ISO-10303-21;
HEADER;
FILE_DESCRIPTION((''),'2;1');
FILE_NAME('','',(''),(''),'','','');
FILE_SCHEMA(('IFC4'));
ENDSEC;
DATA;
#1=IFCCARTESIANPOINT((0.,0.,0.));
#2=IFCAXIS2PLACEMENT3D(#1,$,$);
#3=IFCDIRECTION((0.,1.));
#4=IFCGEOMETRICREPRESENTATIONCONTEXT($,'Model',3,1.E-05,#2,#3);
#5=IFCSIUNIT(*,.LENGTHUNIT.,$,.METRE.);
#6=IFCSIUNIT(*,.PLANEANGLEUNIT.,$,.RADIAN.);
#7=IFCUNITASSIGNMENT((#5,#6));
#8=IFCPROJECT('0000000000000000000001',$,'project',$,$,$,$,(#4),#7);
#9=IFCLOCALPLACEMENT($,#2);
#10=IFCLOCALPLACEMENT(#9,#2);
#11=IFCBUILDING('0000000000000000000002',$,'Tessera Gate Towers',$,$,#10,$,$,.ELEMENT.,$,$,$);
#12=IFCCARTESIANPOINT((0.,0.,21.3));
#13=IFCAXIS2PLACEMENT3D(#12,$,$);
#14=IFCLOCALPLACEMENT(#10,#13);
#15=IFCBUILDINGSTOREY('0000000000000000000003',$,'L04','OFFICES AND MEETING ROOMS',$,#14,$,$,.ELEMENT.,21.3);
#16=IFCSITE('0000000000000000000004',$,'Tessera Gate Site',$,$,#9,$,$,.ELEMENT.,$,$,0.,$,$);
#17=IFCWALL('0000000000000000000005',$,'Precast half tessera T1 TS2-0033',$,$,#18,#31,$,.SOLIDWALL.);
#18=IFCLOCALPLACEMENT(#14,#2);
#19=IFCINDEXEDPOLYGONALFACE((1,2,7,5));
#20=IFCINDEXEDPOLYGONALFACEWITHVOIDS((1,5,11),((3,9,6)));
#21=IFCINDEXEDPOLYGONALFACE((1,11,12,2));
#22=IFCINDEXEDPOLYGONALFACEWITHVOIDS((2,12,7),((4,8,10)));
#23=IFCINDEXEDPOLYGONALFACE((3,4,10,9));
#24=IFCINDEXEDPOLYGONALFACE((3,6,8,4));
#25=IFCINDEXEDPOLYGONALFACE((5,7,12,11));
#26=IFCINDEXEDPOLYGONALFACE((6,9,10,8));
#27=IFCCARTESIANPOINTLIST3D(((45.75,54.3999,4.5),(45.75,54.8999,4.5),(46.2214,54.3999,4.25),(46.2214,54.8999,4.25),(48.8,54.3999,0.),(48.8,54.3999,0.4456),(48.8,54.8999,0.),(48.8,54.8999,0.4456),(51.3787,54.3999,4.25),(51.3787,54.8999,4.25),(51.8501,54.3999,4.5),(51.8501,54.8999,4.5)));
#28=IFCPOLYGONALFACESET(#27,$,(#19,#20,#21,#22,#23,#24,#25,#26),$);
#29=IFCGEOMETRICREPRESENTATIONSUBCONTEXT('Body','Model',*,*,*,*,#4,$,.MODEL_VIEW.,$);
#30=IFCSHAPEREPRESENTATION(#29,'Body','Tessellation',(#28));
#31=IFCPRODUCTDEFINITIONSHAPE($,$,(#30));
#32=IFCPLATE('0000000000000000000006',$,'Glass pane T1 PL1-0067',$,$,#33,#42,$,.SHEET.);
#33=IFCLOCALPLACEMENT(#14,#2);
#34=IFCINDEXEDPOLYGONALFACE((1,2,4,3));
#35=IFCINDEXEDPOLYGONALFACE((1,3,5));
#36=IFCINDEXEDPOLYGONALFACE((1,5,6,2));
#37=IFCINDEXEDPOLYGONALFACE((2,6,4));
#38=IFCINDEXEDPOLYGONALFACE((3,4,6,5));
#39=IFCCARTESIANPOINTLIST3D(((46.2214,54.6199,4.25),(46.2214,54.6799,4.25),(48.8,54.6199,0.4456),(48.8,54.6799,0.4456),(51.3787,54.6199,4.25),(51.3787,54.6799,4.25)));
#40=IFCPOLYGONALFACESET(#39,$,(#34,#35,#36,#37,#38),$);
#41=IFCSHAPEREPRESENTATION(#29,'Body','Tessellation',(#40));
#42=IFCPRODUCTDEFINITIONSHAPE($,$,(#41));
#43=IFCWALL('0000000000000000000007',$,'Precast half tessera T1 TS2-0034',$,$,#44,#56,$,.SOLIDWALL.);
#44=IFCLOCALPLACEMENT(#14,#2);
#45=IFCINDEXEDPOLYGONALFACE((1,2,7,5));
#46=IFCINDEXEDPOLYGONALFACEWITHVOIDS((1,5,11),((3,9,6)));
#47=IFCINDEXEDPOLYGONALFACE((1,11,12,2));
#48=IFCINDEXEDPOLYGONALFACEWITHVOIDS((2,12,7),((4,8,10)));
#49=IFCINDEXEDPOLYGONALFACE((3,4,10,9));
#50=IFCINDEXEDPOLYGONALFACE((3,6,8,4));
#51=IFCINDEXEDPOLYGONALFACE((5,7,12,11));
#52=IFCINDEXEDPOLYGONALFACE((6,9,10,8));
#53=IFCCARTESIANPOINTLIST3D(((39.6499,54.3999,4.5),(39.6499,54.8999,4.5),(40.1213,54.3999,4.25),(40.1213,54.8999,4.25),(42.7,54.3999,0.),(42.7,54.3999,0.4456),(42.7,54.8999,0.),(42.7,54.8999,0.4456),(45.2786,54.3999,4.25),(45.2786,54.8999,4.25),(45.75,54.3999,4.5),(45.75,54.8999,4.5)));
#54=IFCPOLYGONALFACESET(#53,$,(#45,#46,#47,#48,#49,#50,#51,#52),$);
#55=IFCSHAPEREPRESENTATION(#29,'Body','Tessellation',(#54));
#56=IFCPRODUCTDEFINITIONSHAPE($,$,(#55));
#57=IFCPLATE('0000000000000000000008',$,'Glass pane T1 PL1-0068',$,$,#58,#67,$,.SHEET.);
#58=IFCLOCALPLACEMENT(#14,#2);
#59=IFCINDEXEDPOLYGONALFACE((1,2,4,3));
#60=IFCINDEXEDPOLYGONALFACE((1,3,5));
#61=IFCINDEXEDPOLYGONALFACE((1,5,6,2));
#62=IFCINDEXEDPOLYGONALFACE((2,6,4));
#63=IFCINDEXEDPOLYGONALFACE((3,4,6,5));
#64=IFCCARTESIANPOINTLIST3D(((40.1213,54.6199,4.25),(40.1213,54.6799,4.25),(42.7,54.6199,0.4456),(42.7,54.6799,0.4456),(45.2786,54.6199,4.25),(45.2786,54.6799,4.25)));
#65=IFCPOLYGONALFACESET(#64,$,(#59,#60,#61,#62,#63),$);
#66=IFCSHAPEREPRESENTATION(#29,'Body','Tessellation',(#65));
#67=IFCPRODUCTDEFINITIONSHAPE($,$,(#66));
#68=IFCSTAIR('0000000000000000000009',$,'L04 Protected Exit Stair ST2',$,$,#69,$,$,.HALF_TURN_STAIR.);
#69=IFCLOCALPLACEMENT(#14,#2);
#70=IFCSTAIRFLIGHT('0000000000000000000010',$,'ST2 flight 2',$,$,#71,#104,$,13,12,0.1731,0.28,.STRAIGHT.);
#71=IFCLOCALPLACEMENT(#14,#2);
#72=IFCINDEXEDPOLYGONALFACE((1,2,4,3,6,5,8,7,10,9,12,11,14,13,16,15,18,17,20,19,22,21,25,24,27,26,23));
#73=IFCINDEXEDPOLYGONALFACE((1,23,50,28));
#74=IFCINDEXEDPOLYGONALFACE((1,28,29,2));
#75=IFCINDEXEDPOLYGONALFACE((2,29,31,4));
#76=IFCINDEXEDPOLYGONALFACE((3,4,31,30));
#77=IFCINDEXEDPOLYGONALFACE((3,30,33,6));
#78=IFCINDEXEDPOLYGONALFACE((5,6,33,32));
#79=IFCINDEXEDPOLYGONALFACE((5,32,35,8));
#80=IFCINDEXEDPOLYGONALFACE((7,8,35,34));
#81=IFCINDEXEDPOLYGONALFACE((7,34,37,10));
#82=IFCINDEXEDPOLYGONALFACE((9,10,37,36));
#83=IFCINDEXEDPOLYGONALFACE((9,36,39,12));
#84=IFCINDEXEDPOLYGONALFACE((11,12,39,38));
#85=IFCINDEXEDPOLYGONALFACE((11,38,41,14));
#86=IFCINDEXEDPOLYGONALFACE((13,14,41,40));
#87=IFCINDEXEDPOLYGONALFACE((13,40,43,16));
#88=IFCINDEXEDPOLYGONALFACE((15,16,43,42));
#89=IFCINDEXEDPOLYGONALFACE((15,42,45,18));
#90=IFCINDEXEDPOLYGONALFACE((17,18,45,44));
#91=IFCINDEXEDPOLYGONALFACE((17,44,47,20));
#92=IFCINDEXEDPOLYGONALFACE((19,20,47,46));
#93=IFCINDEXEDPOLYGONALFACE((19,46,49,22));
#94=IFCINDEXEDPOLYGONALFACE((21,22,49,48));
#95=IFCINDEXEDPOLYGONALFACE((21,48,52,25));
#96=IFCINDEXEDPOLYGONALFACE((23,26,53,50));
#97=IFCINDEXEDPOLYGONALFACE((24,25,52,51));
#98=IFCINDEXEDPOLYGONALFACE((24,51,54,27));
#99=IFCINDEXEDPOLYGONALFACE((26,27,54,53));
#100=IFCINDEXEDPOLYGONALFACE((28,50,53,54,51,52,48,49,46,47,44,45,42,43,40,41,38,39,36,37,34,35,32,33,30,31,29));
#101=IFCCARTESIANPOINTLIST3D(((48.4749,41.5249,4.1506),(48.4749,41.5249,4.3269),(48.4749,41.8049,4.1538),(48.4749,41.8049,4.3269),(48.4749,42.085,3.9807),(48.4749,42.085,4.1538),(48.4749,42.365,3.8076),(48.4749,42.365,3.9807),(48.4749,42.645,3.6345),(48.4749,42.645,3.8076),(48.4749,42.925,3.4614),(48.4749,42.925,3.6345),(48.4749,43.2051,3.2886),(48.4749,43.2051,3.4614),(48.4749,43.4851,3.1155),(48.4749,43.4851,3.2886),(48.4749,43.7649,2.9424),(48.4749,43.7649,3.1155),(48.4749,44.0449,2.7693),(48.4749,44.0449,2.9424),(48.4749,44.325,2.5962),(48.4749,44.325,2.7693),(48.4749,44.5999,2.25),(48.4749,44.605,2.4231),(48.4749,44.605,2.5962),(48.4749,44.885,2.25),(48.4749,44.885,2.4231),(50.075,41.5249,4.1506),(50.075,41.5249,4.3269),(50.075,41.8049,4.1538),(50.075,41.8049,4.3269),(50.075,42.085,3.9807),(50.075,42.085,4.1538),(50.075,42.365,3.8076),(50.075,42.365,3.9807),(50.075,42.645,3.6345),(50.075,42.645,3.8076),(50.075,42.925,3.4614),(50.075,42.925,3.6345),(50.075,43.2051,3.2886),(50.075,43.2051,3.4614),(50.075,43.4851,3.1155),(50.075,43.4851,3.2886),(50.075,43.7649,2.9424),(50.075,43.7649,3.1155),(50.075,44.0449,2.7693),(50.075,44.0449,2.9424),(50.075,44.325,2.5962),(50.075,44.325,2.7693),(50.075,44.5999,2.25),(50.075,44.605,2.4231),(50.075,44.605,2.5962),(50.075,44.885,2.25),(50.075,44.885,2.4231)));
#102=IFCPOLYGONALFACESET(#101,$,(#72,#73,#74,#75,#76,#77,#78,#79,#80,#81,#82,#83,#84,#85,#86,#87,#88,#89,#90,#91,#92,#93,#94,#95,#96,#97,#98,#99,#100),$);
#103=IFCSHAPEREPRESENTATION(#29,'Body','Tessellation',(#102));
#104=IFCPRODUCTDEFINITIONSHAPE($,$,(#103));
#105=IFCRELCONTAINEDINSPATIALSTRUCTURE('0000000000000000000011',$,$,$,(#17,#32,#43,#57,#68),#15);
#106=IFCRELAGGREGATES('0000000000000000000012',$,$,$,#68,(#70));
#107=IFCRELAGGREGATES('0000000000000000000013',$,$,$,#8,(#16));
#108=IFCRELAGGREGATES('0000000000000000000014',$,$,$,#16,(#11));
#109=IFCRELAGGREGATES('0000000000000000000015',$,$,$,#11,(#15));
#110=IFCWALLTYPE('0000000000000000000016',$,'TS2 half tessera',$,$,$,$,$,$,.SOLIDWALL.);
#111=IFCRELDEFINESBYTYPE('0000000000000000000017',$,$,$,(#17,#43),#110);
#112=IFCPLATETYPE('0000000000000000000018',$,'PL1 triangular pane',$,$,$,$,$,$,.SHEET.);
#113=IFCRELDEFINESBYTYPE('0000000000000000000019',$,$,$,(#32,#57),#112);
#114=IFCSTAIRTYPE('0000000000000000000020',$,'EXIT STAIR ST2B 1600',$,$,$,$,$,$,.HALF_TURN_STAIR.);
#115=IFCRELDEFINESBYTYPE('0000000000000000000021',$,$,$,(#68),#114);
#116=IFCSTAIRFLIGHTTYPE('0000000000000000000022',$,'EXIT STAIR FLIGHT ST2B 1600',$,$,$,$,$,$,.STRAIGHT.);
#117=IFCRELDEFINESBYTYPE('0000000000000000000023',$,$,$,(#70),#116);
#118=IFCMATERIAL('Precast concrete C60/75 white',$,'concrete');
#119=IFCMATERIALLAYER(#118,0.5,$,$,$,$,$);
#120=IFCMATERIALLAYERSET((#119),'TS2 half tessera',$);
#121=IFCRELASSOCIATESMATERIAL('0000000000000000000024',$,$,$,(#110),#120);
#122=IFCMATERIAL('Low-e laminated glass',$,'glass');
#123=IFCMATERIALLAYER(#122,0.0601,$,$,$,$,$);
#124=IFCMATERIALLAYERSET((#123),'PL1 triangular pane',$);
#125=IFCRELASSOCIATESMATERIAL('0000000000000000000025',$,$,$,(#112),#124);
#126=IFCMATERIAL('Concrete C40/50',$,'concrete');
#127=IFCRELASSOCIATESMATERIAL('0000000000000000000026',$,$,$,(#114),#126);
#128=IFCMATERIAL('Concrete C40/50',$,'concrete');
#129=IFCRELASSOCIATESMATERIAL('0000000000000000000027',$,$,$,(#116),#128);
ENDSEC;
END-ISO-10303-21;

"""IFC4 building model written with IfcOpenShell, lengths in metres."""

from ifc_helpers import new_model, si_unit, direction, frame, origin, place, context, subcontext, project, spatial, polyline, outline, extrude, source, transform, mapped, material, layer, layer_set, type_object, element, fill, aggregate, save


model = new_model("IFC4")

# Units and contexts
model_context = context("Model", 3, precision=1e-05, world=origin(), true_north=direction((0.0, 1.0)))
body_context = subcontext(model_context, "Body", "Model", "MODEL_VIEW")
ifc_project = project(units=[si_unit("LENGTHUNIT", "METRE"), si_unit("PLANEANGLEUNIT", "RADIAN")], contexts=[model_context])

# Site, building, storey
site_placement = place(None, origin())
site = spatial("IfcSite", under=ifc_project, at=site_placement, Name="Tessera Gate Site", CompositionType="ELEMENT", RefElevation=0.0)
building_placement = place(site_placement, origin())
building = spatial("IfcBuilding", under=site, at=building_placement, Name="Tessera Gate Towers", CompositionType="ELEMENT")
storey_placement = place(building_placement, frame((0.0, 0.0, 21.3)))
storey = spatial("IfcBuildingStorey", under=building, at=storey_placement, Name="L04", Description="OFFICES AND MEETING ROOMS", CompositionType="ELEMENT", Elevation=21.3)

# Walls, openings, plates
ifc_material_1 = material(Name="Precast concrete C60/75 white", Category="concrete")
ifc_layer_1 = layer(ifc_material_1, 0.5)
ifc_layer_set_1 = layer_set([ifc_layer_1], Name="TS2 half tessera")
wall_type_1 = type_object("IfcWallType", Name="TS2 half tessera", PredefinedType="SOLIDWALL", material=ifc_layer_set_1)
shared_shape_1 = source(origin(), body_context, "Body", "SweptSolid", [
    extrude(outline(polyline([(3.05, 0.0), (6.1001, 4.5), (0.0, 4.5), (3.05, 0.0)])), frame((0.0, 0.25, 0.0), z_axis=(0.0, -1.0, 0.0), x_axis=(1.0, 0.0, 0.0)), (0.0, 0.0, 1.0), 0.5),
])
wall_1_placement = place(storey_placement, frame((51.8501, 54.6499, 0.0), z_axis=(0.0, 0.0, 1.0), x_axis=(-1.0, 0.0, 0.0)))
wall_1 = element("IfcWall", 1, at=wall_1_placement, inside=storey, type_object=wall_type_1, Name="Precast half tessera T1 TS2-0033", PredefinedType="SOLIDWALL", context=body_context, shape_type="MappedRepresentation", body=[
    mapped(shared_shape_1, transform((0.0, 0.0, 0.0), scale=1.0)),
])
shared_shape_2 = source(origin(), body_context, "Body", "SweptSolid", [
    extrude(outline(polyline([(3.05, 0.4456), (5.6287, 4.25), (0.4714, 4.25), (3.05, 0.4456)])), frame((0.0, 0.26, 0.0), z_axis=(0.0, -1.0, 0.0), x_axis=(1.0, 0.0, 0.0)), (0.0, 0.0, 1.0), 0.52),
])
opening_1_placement = place(wall_1_placement, origin())
opening_1 = element("IfcOpeningElement", 2, at=opening_1_placement, cuts=wall_1, PredefinedType="OPENING", context=body_context, shape_type="MappedRepresentation", body=[
    mapped(shared_shape_2, transform((0.0, 0.0, 0.0), scale=1.0)),
])
ifc_material_2 = material(Name="Low-e laminated glass", Category="glass")
ifc_layer_2 = layer(ifc_material_2, 0.0601)
ifc_layer_set_2 = layer_set([ifc_layer_2], Name="PL1 triangular pane")
plate_type_1 = type_object("IfcPlateType", Name="PL1 triangular pane", PredefinedType="SHEET", material=ifc_layer_set_2)
shared_shape_3 = source(origin(), body_context, "Body", "SweptSolid", [
    extrude(outline(polyline([(3.05, 0.4456), (5.6287, 4.25), (0.4714, 4.25), (3.05, 0.4456)])), frame((0.0, 0.03, 0.0), z_axis=(0.0, -1.0, 0.0), x_axis=(1.0, 0.0, 0.0)), (0.0, 0.0, 1.0), 0.0601),
])
plate_1_placement = place(opening_1_placement, origin())
plate_1 = element("IfcPlate", 3, at=plate_1_placement, inside=storey, type_object=plate_type_1, Name="Glass pane T1 PL1-0067", PredefinedType="SHEET", context=body_context, shape_type="MappedRepresentation", body=[
    mapped(shared_shape_3, transform((0.0, 0.0, 0.0), scale=1.0)),
])
fill(opening_1, plate_1)
wall_2_placement = place(storey_placement, frame((45.75, 54.6499, 0.0), z_axis=(0.0, 0.0, 1.0), x_axis=(-1.0, 0.0, 0.0)))
wall_2 = element("IfcWall", 4, at=wall_2_placement, inside=storey, type_object=wall_type_1, Name="Precast half tessera T1 TS2-0034", PredefinedType="SOLIDWALL", context=body_context, shape_type="MappedRepresentation", body=[
    mapped(shared_shape_1, transform((0.0, 0.0, 0.0), scale=1.0)),
])
opening_2_placement = place(wall_2_placement, origin())
opening_2 = element("IfcOpeningElement", 5, at=opening_2_placement, cuts=wall_2, PredefinedType="OPENING", context=body_context, shape_type="MappedRepresentation", body=[
    mapped(shared_shape_2, transform((0.0, 0.0, 0.0), scale=1.0)),
])
plate_2_placement = place(opening_2_placement, origin())
plate_2 = element("IfcPlate", 6, at=plate_2_placement, inside=storey, type_object=plate_type_1, Name="Glass pane T1 PL1-0068", PredefinedType="SHEET", context=body_context, shape_type="MappedRepresentation", body=[
    mapped(shared_shape_3, transform((0.0, 0.0, 0.0), scale=1.0)),
])
fill(opening_2, plate_2)

# Stair, stair flight
ifc_material_3 = material(Name="Concrete C40/50", Category="concrete")
stair_type = type_object("IfcStairType", Name="EXIT STAIR ST2B 1600", PredefinedType="HALF_TURN_STAIR", material=ifc_material_3)
stair_placement = place(storey_placement, origin())
stair = element("IfcStair", 7, at=stair_placement, inside=storey, type_object=stair_type, Name="L04 Protected Exit Stair ST2", PredefinedType="HALF_TURN_STAIR")
ifc_material_4 = material(Name="Concrete C40/50", Category="concrete")
stair_flight_type = type_object("IfcStairFlightType", Name="EXIT STAIR FLIGHT ST2B 1600", PredefinedType="STRAIGHT", material=ifc_material_4)
stair_flight_placement = place(storey_placement, frame((49.2749, 44.885, 2.25), z_axis=(0.0, 0.0, 1.0), x_axis=(0.0, -1.0, 0.0)))
stair_flight = element("IfcStairFlight", 8, at=stair_flight_placement, type_object=stair_flight_type, Name="ST2 flight 2", NumberOfRisers=13, NumberOfTreads=12, PredefinedType="STRAIGHT", RiserHeight=0.1731, TreadLength=0.28, context=body_context, shape_type="SweptSolid", body=[
    extrude(outline(polyline([(0.0, 0.0), (0.0, 0.1731), (0.28, 0.1731), (0.28, 0.3462), (0.5601, 0.3462), (0.5601, 0.5193), (0.8401, 0.5193), (0.8401, 0.6924), (1.1201, 0.6924), (1.1201, 0.8655), (1.3999, 0.8655), (1.3999, 1.0386), (1.6799, 1.0386), (1.6799, 1.2114), (1.96, 1.2114), (1.96, 1.3845), (2.24, 1.3845), (2.24, 1.5576), (2.52, 1.5576), (2.52, 1.7307), (2.8, 1.7307), (2.8, 1.9038), (3.0801, 1.9038), (3.0801, 2.0769), (3.3601, 2.0769), (3.3601, 2.25), (3.3601, 1.9006), (0.2852, 0.0), (0.0, 0.0)])), frame((0.0, 0.8, 0.0), z_axis=(0.0, -1.0, 0.0), x_axis=(1.0, 0.0, 0.0)), (0.0, 0.0, 1.0), 1.6001),
])
aggregate(stair, [stair_flight])

save(model, "model.ifc")
